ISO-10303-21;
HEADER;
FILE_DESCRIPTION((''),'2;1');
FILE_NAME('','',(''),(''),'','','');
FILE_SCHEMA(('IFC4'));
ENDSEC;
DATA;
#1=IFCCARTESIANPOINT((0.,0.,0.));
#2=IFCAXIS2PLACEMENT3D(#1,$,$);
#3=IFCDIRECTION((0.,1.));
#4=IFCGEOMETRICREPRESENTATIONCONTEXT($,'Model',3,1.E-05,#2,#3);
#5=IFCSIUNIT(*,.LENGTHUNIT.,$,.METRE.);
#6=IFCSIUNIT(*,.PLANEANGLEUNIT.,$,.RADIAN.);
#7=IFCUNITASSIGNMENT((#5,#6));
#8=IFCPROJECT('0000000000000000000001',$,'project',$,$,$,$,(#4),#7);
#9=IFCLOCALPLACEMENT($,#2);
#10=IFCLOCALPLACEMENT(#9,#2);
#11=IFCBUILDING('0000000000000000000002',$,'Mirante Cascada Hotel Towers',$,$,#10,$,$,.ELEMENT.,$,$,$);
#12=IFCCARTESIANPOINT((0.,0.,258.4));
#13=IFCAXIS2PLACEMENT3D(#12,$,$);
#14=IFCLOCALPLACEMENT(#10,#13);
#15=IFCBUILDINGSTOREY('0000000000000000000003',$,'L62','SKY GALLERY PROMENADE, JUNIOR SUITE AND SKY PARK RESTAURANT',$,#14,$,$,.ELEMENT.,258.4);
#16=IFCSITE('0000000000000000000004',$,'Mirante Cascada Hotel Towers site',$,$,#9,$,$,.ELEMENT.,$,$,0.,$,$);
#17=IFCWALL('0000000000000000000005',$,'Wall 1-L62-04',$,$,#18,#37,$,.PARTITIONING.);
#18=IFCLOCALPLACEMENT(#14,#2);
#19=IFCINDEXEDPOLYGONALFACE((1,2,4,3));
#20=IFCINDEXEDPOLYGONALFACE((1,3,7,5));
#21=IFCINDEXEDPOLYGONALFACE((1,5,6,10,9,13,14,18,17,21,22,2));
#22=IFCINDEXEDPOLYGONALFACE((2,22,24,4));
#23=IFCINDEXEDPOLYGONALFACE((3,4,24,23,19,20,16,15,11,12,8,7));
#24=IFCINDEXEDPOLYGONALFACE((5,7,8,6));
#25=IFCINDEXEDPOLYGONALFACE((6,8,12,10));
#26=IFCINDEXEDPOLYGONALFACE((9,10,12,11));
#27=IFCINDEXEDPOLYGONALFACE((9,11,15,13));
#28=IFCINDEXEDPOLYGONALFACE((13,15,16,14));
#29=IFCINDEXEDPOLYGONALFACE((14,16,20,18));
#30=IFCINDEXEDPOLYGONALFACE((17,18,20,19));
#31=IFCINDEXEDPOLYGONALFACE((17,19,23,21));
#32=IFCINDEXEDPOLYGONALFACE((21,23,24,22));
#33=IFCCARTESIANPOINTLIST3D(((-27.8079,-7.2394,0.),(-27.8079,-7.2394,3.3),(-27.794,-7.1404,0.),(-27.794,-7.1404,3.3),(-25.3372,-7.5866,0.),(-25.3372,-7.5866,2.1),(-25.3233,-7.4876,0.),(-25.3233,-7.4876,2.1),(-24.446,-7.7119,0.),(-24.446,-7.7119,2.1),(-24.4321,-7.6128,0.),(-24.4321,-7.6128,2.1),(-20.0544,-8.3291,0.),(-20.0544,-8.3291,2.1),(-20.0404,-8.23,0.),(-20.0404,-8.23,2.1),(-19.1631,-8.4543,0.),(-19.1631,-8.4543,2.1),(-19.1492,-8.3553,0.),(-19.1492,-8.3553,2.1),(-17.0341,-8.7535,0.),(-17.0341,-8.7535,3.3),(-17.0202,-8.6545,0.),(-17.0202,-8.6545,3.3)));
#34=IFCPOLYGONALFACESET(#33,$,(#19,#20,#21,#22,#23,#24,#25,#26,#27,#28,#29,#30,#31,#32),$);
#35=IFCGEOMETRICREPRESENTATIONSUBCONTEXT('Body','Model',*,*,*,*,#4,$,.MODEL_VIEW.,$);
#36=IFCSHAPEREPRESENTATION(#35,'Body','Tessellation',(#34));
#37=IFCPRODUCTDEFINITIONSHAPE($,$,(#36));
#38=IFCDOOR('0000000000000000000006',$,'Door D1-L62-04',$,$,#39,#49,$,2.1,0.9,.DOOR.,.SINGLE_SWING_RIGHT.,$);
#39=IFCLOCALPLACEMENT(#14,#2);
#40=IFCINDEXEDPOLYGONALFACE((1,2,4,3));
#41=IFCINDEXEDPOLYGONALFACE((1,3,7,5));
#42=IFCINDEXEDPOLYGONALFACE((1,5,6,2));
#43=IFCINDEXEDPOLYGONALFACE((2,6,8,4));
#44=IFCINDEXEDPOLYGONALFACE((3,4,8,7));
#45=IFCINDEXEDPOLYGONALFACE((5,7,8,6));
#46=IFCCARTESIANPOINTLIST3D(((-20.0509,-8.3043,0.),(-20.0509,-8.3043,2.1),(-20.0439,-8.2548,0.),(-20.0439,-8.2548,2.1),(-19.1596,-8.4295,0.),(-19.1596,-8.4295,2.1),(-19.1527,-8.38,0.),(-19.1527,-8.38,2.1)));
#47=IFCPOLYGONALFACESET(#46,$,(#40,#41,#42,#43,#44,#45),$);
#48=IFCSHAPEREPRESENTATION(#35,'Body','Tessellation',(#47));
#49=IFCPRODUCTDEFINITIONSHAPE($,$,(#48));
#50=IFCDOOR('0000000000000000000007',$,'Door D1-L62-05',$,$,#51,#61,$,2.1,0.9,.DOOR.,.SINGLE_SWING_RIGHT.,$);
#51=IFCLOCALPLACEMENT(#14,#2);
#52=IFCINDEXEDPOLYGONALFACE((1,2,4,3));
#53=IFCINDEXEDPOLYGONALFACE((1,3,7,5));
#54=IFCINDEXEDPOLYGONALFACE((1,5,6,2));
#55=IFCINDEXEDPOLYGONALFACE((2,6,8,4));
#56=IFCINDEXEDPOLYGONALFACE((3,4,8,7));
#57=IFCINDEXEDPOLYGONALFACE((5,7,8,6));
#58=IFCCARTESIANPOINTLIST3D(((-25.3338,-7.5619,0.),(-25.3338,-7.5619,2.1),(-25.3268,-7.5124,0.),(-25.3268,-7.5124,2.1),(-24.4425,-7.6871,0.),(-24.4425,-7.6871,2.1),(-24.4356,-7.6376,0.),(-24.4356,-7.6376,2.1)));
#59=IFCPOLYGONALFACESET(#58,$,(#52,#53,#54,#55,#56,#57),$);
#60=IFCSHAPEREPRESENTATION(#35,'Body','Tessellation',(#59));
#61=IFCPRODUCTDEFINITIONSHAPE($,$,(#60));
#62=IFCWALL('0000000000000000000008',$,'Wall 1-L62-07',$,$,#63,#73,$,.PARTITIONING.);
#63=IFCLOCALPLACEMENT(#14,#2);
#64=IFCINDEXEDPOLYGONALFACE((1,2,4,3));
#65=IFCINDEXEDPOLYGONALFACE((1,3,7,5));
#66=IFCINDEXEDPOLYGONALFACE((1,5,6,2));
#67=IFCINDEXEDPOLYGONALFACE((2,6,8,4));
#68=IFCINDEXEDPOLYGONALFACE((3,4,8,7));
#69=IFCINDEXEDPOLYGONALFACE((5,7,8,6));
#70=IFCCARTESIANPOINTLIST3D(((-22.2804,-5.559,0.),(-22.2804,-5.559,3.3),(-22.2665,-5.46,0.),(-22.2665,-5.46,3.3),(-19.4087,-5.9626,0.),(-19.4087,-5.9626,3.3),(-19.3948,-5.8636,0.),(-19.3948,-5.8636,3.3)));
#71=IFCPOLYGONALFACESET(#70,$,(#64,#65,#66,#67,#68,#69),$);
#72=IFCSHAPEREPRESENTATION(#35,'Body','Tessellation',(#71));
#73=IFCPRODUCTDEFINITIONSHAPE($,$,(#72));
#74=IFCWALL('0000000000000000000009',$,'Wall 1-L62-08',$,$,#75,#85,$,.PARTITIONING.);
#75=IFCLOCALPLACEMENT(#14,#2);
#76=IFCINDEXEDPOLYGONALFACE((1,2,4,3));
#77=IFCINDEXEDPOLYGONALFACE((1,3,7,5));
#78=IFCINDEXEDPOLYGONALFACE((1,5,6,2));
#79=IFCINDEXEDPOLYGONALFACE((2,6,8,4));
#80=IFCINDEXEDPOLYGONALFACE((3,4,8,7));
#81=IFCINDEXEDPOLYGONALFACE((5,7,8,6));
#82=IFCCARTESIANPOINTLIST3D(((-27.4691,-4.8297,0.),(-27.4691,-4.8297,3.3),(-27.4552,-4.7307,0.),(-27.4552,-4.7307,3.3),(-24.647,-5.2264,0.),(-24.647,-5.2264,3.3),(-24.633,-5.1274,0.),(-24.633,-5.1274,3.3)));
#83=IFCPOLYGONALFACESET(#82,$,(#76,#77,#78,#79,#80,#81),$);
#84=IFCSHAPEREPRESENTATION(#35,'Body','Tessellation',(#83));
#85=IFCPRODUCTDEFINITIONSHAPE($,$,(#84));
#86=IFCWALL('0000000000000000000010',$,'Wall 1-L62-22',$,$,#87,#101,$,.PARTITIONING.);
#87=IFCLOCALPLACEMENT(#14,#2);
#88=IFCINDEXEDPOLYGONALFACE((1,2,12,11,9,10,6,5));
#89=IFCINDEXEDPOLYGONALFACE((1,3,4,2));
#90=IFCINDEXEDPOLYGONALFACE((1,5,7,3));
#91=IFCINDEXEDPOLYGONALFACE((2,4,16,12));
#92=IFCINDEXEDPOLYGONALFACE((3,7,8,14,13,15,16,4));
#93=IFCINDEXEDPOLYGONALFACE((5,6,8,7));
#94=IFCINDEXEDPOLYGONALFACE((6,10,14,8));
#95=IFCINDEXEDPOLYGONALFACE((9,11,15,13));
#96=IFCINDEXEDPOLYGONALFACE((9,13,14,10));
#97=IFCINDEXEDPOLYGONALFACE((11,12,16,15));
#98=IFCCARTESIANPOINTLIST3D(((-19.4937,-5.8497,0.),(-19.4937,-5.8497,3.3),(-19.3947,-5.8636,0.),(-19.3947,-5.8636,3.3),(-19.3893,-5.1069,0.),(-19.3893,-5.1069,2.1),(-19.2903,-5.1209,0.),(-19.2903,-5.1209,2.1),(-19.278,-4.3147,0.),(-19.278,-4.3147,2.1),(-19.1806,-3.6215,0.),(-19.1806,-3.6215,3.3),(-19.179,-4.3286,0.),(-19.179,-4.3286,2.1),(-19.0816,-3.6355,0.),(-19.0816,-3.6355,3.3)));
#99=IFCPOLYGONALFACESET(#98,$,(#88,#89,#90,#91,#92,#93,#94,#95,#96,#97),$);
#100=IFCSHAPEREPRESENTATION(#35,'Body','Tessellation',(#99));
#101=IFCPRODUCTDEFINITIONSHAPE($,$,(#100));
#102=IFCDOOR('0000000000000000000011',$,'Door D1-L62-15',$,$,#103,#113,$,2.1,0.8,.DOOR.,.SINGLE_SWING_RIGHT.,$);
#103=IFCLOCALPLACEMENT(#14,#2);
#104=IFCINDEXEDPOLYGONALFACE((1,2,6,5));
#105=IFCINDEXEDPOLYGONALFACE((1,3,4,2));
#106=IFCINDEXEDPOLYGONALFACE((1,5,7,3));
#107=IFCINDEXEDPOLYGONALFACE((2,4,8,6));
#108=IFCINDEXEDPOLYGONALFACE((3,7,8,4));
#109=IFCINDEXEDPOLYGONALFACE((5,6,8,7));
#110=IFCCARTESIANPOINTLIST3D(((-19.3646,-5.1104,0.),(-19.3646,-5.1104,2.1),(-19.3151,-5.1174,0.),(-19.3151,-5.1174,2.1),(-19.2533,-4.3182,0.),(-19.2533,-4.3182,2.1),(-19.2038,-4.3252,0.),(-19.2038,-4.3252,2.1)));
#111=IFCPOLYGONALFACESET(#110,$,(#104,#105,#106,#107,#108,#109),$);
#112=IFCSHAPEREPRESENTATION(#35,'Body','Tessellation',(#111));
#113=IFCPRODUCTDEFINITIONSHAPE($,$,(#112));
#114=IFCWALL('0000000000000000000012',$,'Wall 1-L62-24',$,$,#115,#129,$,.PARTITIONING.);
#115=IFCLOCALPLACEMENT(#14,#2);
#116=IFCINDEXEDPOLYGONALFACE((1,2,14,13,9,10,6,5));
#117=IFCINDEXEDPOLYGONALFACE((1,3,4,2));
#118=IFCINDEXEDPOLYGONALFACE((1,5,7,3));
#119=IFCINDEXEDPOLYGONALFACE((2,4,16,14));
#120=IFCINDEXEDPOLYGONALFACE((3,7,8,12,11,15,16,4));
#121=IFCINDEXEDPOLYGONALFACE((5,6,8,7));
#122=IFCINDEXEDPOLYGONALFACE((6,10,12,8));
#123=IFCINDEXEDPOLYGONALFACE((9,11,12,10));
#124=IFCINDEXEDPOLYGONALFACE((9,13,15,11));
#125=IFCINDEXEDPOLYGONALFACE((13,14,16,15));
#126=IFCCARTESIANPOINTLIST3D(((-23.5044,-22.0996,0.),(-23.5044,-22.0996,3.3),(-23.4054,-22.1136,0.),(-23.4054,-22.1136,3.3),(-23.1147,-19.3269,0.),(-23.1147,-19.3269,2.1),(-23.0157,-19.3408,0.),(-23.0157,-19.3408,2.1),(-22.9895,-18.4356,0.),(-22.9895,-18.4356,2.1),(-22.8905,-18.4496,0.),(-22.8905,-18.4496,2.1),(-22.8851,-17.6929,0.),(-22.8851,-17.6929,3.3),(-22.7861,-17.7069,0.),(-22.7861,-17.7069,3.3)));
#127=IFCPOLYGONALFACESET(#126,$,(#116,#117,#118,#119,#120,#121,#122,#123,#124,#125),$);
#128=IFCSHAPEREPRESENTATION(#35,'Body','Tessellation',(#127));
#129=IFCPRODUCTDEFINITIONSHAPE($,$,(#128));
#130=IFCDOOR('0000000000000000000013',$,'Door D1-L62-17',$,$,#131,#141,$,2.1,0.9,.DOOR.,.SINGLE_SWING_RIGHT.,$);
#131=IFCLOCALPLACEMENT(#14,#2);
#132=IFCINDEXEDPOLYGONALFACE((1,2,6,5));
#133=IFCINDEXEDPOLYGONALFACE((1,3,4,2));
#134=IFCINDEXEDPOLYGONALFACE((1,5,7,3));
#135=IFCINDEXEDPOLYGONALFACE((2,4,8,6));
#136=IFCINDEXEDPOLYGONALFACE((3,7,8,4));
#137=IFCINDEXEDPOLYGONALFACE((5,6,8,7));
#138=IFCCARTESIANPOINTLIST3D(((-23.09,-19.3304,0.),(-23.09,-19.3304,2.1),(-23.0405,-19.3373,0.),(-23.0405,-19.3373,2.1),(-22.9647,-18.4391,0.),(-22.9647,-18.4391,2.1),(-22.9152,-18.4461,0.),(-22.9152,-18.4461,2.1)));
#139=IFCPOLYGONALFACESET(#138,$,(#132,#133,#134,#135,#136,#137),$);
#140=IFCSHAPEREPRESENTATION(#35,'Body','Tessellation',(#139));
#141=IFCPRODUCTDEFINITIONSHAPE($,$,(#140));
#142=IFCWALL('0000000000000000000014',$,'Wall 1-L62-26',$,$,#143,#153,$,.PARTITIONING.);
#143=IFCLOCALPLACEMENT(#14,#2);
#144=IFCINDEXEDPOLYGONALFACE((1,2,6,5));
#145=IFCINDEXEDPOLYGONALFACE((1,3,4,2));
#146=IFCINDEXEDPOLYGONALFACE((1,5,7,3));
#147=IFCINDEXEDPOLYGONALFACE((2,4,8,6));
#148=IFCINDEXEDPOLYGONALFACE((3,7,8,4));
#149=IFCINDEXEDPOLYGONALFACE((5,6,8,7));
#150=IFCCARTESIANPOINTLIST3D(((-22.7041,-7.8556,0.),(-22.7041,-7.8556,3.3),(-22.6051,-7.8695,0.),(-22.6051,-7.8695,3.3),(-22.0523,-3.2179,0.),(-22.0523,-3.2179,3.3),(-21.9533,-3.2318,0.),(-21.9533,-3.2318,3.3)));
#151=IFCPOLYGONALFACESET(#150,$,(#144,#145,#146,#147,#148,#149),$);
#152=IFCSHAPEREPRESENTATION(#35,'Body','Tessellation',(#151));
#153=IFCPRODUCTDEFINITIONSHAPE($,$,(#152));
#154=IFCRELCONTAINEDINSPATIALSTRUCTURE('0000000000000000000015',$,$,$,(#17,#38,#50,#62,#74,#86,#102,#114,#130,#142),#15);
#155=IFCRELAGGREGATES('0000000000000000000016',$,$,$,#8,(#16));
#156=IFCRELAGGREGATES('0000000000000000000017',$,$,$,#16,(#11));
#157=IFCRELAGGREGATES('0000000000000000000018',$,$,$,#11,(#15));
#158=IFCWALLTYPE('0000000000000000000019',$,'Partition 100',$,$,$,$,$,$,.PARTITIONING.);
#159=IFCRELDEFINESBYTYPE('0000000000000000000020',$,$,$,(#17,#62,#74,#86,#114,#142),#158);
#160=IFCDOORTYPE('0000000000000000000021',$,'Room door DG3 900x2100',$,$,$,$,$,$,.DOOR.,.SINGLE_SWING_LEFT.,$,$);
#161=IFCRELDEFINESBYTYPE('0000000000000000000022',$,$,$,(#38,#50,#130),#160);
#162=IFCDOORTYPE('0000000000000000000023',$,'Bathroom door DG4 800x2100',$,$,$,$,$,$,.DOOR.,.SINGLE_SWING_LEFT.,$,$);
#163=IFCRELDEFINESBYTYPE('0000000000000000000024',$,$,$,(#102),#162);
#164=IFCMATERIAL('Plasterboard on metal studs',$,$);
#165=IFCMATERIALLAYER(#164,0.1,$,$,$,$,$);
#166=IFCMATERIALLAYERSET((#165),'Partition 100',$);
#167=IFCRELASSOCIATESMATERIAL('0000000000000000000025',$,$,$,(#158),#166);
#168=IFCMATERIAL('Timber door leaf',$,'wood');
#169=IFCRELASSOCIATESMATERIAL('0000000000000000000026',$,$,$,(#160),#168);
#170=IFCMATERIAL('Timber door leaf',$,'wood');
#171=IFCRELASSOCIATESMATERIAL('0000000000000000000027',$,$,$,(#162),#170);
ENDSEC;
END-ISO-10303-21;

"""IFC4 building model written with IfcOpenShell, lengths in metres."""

from ifc_helpers import new_model, si_unit, direction, frame, frame_2d, origin, place, context, subcontext, project, spatial, rectangle, extrude, material, layer, layer_set, type_object, element, fill, save


model = new_model("IFC4")

# Units and contexts
model_context = context("Model", 3, precision=1e-05, world=origin(), true_north=direction((0.0, 1.0)))
body_context = subcontext(model_context, "Body", "Model", "MODEL_VIEW")
ifc_project = project(units=[si_unit("LENGTHUNIT", "METRE"), si_unit("PLANEANGLEUNIT", "RADIAN")], contexts=[model_context])

# Site, building, storey
site_placement = place(None, origin())
site = spatial("IfcSite", under=ifc_project, at=site_placement, Name="Mirante Cascada Hotel Towers site", CompositionType="ELEMENT", RefElevation=0.0)
building_placement = place(site_placement, origin())
building = spatial("IfcBuilding", under=site, at=building_placement, Name="Mirante Cascada Hotel Towers", CompositionType="ELEMENT")
storey_placement = place(building_placement, frame((0.0, 0.0, 258.4)))
storey = spatial("IfcBuildingStorey", under=building, at=storey_placement, Name="L62", Description="SKY GALLERY PROMENADE, JUNIOR SUITE AND SKY PARK RESTAURANT", CompositionType="ELEMENT", Elevation=258.4)

# Shared definitions
ifc_material_1 = material(Name="Plasterboard on metal studs")
ifc_layer_1 = layer(ifc_material_1, 0.1)
ifc_layer_set_1 = layer_set([ifc_layer_1], Name="Partition 100")
wall_type_1 = type_object("IfcWallType", Name="Partition 100", PredefinedType="PARTITIONING", material=ifc_layer_set_1)

# Wall, openings, doors
wall_1_placement = place(storey_placement, frame((-27.8009, -7.1899, 0.0), z_axis=(0.0, 0.0, 1.0), x_axis=(0.990269, -0.139168, 0.0)))
wall_1 = element("IfcWall", 1, at=wall_1_placement, inside=storey, type_object=wall_type_1, Name="Wall 1-L62-04", PredefinedType="PARTITIONING", context=body_context, shape_type="SweptSolid", body=[
    extrude(rectangle(XDim=10.8797, YDim=0.1, at=frame_2d((5.4398, 0.0))), origin(), (0.0, 0.0, 1.0), 3.3),
])
opening_1_placement = place(wall_1_placement, frame((7.8297, 0.0, 0.0)))
opening_1 = element("IfcOpeningElement", 2, at=opening_1_placement, cuts=wall_1, PredefinedType="OPENING", context=body_context, shape_type="SweptSolid", body=[
    extrude(rectangle(XDim=0.9, YDim=2.1, at=frame_2d((0.45, 1.05))), frame((0.0, 0.05, 0.0), z_axis=(0.0, -1.0, 0.0), x_axis=(1.0, 0.0, 0.0)), (0.0, 0.0, 1.0), 0.1),
])
opening_2_placement = place(wall_1_placement, frame((2.4949, 0.0, 0.0)))
opening_2 = element("IfcOpeningElement", 3, at=opening_2_placement, cuts=wall_1, PredefinedType="OPENING", context=body_context, shape_type="SweptSolid", body=[
    extrude(rectangle(XDim=0.9, YDim=2.1, at=frame_2d((0.45, 1.05))), frame((0.0, 0.05, 0.0), z_axis=(0.0, -1.0, 0.0), x_axis=(1.0, 0.0, 0.0)), (0.0, 0.0, 1.0), 0.1),
])
ifc_material_2 = material(Name="Timber door leaf", Category="wood")
door_type_1 = type_object("IfcDoorType", Name="Room door DG3 900x2100", OperationType="SINGLE_SWING_LEFT", PredefinedType="DOOR", material=ifc_material_2)
door_1_placement = place(opening_1_placement, frame((0.9, 0.0, 0.0), z_axis=(0.0, 0.0, 1.0), x_axis=(-1.0, 0.0, 0.0)))
door_1 = element("IfcDoor", 4, at=door_1_placement, inside=storey, type_object=door_type_1, Name="Door D1-L62-04", OperationType="SINGLE_SWING_RIGHT", OverallHeight=2.1, OverallWidth=0.9, PredefinedType="DOOR", context=body_context, shape_type="SweptSolid", body=[
    extrude(rectangle(XDim=0.9, YDim=2.1, at=frame_2d((0.45, 1.05))), frame((0.0, 0.025, 0.0), z_axis=(0.0, -1.0, 0.0), x_axis=(1.0, 0.0, 0.0)), (0.0, 0.0, 1.0), 0.05),
])
fill(opening_1, door_1)
door_2_placement = place(opening_2_placement, frame((0.9, 0.0, 0.0), z_axis=(0.0, 0.0, 1.0), x_axis=(-1.0, 0.0, 0.0)))
door_2 = element("IfcDoor", 5, at=door_2_placement, inside=storey, type_object=door_type_1, Name="Door D1-L62-05", OperationType="SINGLE_SWING_RIGHT", OverallHeight=2.1, OverallWidth=0.9, PredefinedType="DOOR", context=body_context, shape_type="SweptSolid", body=[
    extrude(rectangle(XDim=0.9, YDim=2.1, at=frame_2d((0.45, 1.05))), frame((0.0, 0.025, 0.0), z_axis=(0.0, -1.0, 0.0), x_axis=(1.0, 0.0, 0.0)), (0.0, 0.0, 1.0), 0.05),
])
fill(opening_2, door_2)

# Walls
wall_2_placement = place(storey_placement, frame((-19.4017, -5.9131, 0.0), z_axis=(0.0, 0.0, 1.0), x_axis=(-0.990268, 0.139176, 0.0)))
element("IfcWall", 6, at=wall_2_placement, inside=storey, type_object=wall_type_1, Name="Wall 1-L62-07", PredefinedType="PARTITIONING", context=body_context, shape_type="SweptSolid", body=[
    extrude(rectangle(XDim=2.8999, YDim=0.1, at=frame_2d((1.45, 0.0))), origin(), (0.0, 0.0, 1.0), 3.3),
])
wall_3_placement = place(storey_placement, frame((-27.4622, -4.7802, 0.0), z_axis=(0.0, 0.0, 1.0), x_axis=(0.990265, -0.139196, 0.0)))
element("IfcWall", 7, at=wall_3_placement, inside=storey, type_object=wall_type_1, Name="Wall 1-L62-08", PredefinedType="PARTITIONING", context=body_context, shape_type="SweptSolid", body=[
    extrude(rectangle(XDim=2.8499, YDim=0.1, at=frame_2d((1.425, 0.0))), origin(), (0.0, 0.0, 1.0), 3.3),
])

# Walls, openings, doors
wall_4_placement = place(storey_placement, frame((-19.1311, -3.6285, 0.0), z_axis=(0.0, 0.0, 1.0), x_axis=(-0.139156, -0.990271, 0.0)))
wall_4 = element("IfcWall", 8, at=wall_4_placement, inside=storey, type_object=wall_type_1, Name="Wall 1-L62-22", PredefinedType="PARTITIONING", context=body_context, shape_type="SweptSolid", body=[
    extrude(rectangle(XDim=2.25, YDim=0.1, at=frame_2d((1.125, 0.0))), origin(), (0.0, 0.0, 1.0), 3.3),
])
opening_3_placement = place(wall_4_placement, frame((0.7, 0.0, 0.0)))
opening_3 = element("IfcOpeningElement", 9, at=opening_3_placement, cuts=wall_4, PredefinedType="OPENING", context=body_context, shape_type="SweptSolid", body=[
    extrude(rectangle(XDim=0.8, YDim=2.1, at=frame_2d((0.4, 1.05))), frame((0.0, 0.05, 0.0), z_axis=(0.0, -1.0, 0.0), x_axis=(1.0, 0.0, 0.0)), (0.0, 0.0, 1.0), 0.1),
])
ifc_material_3 = material(Name="Timber door leaf", Category="wood")
door_type_2 = type_object("IfcDoorType", Name="Bathroom door DG4 800x2100", OperationType="SINGLE_SWING_LEFT", PredefinedType="DOOR", material=ifc_material_3)
door_3_placement = place(opening_3_placement, frame((0.8, 0.0, 0.0), z_axis=(0.0, 0.0, 1.0), x_axis=(-1.0, 0.0, 0.0)))
door_3 = element("IfcDoor", 10, at=door_3_placement, inside=storey, type_object=door_type_2, Name="Door D1-L62-15", OperationType="SINGLE_SWING_RIGHT", OverallHeight=2.1, OverallWidth=0.8, PredefinedType="DOOR", context=body_context, shape_type="SweptSolid", body=[
    extrude(rectangle(XDim=0.8, YDim=2.1, at=frame_2d((0.4, 1.05))), frame((0.0, 0.025, 0.0), z_axis=(0.0, -1.0, 0.0), x_axis=(1.0, 0.0, 0.0)), (0.0, 0.0, 1.0), 0.05),
])
fill(opening_3, door_3)
wall_5_placement = place(storey_placement, frame((-22.8356, -17.6999, 0.0), z_axis=(0.0, 0.0, 1.0), x_axis=(-0.139168, -0.990269, 0.0)))
wall_5 = element("IfcWall", 11, at=wall_5_placement, inside=storey, type_object=wall_type_1, Name="Wall 1-L62-24", PredefinedType="PARTITIONING", context=body_context, shape_type="SweptSolid", body=[
    extrude(rectangle(XDim=4.45, YDim=0.1, at=frame_2d((2.225, 0.0))), origin(), (0.0, 0.0, 1.0), 3.3),
])
opening_4_placement = place(wall_5_placement, frame((0.75, 0.0, 0.0)))
opening_4 = element("IfcOpeningElement", 12, at=opening_4_placement, cuts=wall_5, PredefinedType="OPENING", context=body_context, shape_type="SweptSolid", body=[
    extrude(rectangle(XDim=0.9, YDim=2.1, at=frame_2d((0.45, 1.05))), frame((0.0, 0.05, 0.0), z_axis=(0.0, -1.0, 0.0), x_axis=(1.0, 0.0, 0.0)), (0.0, 0.0, 1.0), 0.1),
])
door_4_placement = place(opening_4_placement, frame((0.9, 0.0, 0.0), z_axis=(0.0, 0.0, 1.0), x_axis=(-1.0, 0.0, 0.0)))
door_4 = element("IfcDoor", 13, at=door_4_placement, inside=storey, type_object=door_type_1, Name="Door D1-L62-17", OperationType="SINGLE_SWING_RIGHT", OverallHeight=2.1, OverallWidth=0.9, PredefinedType="DOOR", context=body_context, shape_type="SweptSolid", body=[
    extrude(rectangle(XDim=0.9, YDim=2.1, at=frame_2d((0.45, 1.05))), frame((0.0, 0.025, 0.0), z_axis=(0.0, -1.0, 0.0), x_axis=(1.0, 0.0, 0.0)), (0.0, 0.0, 1.0), 0.05),
])
fill(opening_4, door_4)

# Wall
wall_6_placement = place(storey_placement, frame((-22.0028, -3.2249, 0.0), z_axis=(0.0, 0.0, 1.0), x_axis=(-0.139176, -0.990268, 0.0)))
element("IfcWall", 14, at=wall_6_placement, inside=storey, type_object=wall_type_1, Name="Wall 1-L62-26", PredefinedType="PARTITIONING", context=body_context, shape_type="SweptSolid", body=[
    extrude(rectangle(XDim=4.6833, YDim=0.1, at=frame_2d((2.3416, 0.0))), origin(), (0.0, 0.0, 1.0), 3.3),
])

save(model, "model.ifc")
